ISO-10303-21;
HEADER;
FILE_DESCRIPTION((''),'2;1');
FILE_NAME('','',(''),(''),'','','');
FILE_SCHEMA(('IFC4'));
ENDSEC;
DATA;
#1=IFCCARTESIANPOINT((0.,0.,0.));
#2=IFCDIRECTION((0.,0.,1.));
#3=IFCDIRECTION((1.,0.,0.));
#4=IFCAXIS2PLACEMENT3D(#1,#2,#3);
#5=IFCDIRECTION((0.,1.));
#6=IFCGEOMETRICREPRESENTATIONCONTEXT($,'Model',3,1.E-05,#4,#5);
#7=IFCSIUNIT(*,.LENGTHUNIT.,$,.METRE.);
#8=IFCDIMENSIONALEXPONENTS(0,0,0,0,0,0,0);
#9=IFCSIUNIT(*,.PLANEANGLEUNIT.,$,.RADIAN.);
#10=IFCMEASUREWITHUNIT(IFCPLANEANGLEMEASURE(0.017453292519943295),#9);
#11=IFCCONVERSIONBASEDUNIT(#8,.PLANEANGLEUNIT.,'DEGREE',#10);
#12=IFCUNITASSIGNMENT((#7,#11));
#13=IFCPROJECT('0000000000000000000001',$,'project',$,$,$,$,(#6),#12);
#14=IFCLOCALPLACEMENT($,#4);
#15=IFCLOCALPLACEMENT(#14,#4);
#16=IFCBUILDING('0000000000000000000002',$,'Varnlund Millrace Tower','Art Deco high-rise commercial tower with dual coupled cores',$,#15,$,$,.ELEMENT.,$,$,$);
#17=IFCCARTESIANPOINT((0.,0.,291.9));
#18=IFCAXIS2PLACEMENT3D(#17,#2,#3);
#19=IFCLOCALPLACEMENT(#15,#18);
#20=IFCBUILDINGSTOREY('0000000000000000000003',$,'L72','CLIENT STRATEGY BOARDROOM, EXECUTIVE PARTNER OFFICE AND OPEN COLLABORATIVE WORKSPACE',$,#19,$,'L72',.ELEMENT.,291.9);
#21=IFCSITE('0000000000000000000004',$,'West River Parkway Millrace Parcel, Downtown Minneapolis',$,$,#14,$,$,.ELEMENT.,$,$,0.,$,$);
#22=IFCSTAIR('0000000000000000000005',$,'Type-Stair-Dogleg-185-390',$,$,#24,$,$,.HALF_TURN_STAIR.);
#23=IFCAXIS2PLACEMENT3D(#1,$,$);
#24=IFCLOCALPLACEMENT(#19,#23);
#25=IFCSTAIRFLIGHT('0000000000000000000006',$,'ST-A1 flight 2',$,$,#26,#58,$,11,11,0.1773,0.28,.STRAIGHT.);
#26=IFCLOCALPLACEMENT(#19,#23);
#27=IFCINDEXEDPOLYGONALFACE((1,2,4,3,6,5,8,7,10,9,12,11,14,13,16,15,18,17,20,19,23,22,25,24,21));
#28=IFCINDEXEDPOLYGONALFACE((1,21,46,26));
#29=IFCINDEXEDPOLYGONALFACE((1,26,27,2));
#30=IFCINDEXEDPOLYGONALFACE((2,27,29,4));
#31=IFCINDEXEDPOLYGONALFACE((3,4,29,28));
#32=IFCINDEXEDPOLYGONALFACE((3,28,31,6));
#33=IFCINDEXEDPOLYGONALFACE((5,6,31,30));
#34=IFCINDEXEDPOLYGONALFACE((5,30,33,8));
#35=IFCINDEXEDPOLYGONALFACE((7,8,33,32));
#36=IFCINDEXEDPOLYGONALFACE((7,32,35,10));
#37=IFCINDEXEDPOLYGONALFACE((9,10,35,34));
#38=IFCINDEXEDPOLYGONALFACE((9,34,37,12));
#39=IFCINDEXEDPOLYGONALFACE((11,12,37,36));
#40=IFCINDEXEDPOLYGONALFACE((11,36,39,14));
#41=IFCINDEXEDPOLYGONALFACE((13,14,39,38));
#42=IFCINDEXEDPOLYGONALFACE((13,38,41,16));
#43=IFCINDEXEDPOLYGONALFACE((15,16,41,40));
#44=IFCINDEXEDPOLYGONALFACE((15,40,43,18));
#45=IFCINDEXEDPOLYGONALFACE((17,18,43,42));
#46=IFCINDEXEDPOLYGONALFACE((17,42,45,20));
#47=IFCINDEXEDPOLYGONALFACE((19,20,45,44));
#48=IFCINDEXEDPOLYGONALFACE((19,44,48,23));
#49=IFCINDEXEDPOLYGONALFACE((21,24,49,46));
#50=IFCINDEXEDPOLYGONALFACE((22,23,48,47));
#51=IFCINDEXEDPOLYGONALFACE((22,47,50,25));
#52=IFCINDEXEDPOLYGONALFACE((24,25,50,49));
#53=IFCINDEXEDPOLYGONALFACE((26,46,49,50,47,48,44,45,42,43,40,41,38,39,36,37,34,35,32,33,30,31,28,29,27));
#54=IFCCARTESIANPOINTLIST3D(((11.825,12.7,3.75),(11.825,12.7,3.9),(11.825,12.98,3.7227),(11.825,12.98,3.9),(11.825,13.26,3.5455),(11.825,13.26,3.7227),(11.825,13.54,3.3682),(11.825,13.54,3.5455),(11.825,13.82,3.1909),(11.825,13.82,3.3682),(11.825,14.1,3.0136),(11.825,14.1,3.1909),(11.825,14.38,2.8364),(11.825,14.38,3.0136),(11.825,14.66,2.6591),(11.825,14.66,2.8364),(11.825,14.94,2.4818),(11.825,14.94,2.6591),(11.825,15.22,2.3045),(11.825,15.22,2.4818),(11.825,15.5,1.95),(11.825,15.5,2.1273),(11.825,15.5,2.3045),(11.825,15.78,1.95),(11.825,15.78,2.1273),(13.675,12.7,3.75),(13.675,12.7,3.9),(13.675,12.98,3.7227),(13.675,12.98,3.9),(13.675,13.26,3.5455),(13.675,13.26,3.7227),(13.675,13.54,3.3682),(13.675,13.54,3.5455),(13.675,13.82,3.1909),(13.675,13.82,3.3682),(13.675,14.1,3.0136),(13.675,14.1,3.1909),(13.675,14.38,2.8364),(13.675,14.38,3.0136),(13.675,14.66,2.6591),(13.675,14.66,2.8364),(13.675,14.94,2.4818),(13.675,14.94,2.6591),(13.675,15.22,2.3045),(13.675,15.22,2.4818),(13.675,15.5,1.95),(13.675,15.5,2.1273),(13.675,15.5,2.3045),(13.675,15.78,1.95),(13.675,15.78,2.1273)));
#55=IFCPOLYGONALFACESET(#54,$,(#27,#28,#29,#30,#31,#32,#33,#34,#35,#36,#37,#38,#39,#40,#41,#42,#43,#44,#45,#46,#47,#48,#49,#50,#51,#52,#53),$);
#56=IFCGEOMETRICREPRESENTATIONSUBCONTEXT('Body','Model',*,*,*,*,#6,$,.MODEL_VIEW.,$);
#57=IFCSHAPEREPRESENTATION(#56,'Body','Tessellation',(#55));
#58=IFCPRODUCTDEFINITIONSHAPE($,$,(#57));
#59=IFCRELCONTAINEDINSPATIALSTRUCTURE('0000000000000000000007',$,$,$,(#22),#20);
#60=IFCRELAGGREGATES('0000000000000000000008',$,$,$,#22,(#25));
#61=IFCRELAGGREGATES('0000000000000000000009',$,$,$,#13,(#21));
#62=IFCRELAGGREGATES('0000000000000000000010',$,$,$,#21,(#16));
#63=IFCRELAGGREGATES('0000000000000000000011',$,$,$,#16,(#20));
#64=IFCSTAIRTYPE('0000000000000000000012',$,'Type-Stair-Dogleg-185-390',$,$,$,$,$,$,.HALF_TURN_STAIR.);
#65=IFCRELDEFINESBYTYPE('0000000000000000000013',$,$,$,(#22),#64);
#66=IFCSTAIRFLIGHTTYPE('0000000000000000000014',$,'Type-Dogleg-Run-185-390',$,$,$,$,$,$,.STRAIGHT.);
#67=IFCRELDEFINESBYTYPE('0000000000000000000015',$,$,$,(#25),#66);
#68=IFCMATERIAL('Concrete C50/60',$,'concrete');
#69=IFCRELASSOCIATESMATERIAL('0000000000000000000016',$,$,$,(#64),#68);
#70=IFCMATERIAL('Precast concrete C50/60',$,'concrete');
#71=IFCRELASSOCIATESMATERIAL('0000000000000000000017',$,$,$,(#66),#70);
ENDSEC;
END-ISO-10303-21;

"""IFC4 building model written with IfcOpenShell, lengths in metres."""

from ifc_helpers import new_model, entity, si_unit, converted_unit, direction, frame, origin_with_axes, place, context, subcontext, project, spatial, polyline, outline, extrude, material, type_object, element, aggregate, save


model = new_model("IFC4")

# Units and contexts
model_context = context("Model", 3, precision=1e-05, world=origin_with_axes(), true_north=direction((0.0, 1.0)))
body_context = subcontext(model_context, "Body", "Model", "MODEL_VIEW")
ifc_project = project(units=[si_unit("LENGTHUNIT", "METRE"), converted_unit("PLANEANGLEUNIT", "DEGREE", entity("IfcPlaneAngleMeasure", 0.017453292519943295), si_unit("PLANEANGLEUNIT", "RADIAN"), dimensions=[0, 0, 0, 0, 0, 0, 0])], contexts=[model_context])

# Site, building, storey
site_placement = place(None, origin_with_axes())
site = spatial("IfcSite", under=ifc_project, at=site_placement, Name="West River Parkway Millrace Parcel, Downtown Minneapolis", CompositionType="ELEMENT", RefElevation=0.0)
building_placement = place(site_placement, origin_with_axes())
building = spatial("IfcBuilding", under=site, at=building_placement, Name="Varnlund Millrace Tower", Description="Art Deco high-rise commercial tower with dual coupled cores", CompositionType="ELEMENT")
storey_placement = place(building_placement, frame((0.0, 0.0, 291.9), z_axis=(0.0, 0.0, 1.0), x_axis=(1.0, 0.0, 0.0)))
storey = spatial("IfcBuildingStorey", under=building, at=storey_placement, Name="L72", Description="CLIENT STRATEGY BOARDROOM, EXECUTIVE PARTNER OFFICE AND OPEN COLLABORATIVE WORKSPACE", LongName="L72", CompositionType="ELEMENT", Elevation=291.9)

# Shared definitions
ifc_material_1 = material(Name="Precast concrete C50/60", Category="concrete")

# Stair, stair flight
ifc_material_2 = material(Name="Concrete C50/60", Category="concrete")
stair_type = type_object("IfcStairType", Name="Type-Stair-Dogleg-185-390", PredefinedType="HALF_TURN_STAIR", material=ifc_material_2)
stair_placement = place(storey_placement, origin_with_axes())
stair = element("IfcStair", 1, at=stair_placement, inside=storey, type_object=stair_type, Name="Type-Stair-Dogleg-185-390", PredefinedType="HALF_TURN_STAIR")
stair_flight_type = type_object("IfcStairFlightType", Name="Type-Dogleg-Run-185-390", PredefinedType="STRAIGHT", material=ifc_material_1)
stair_flight_placement = place(storey_placement, frame((13.675, 15.78, 1.95), z_axis=(-1.0, 0.0, 0.0), x_axis=(0.0, -1.0, 0.0)))
stair_flight = element("IfcStairFlight", 2, at=stair_flight_placement, type_object=stair_flight_type, Name="ST-A1 flight 2", NumberOfRisers=11, NumberOfTreads=11, PredefinedType="STRAIGHT", RiserHeight=0.1773, TreadLength=0.28, context=body_context, shape_type="SweptSolid", body=[
    extrude(outline(polyline([(0.0, 0.0), (0.0, 0.1773), (0.28, 0.1773), (0.28, 0.3545), (0.56, 0.3545), (0.56, 0.5318), (0.84, 0.5318), (0.84, 0.7091), (1.12, 0.7091), (1.12, 0.8864), (1.4, 0.8864), (1.4, 1.0636), (1.68, 1.0636), (1.68, 1.2409), (1.96, 1.2409), (1.96, 1.4182), (2.24, 1.4182), (2.24, 1.5955), (2.52, 1.5955), (2.52, 1.7727), (2.8, 1.7727), (2.8, 1.95), (3.08, 1.95), (3.08, 1.8), (0.28, 0.0), (0.0, 0.0)])), origin_with_axes(), (0.0, 0.0, 1.0), 1.85),
])
aggregate(stair, [stair_flight])

save(model, "model.ifc")
